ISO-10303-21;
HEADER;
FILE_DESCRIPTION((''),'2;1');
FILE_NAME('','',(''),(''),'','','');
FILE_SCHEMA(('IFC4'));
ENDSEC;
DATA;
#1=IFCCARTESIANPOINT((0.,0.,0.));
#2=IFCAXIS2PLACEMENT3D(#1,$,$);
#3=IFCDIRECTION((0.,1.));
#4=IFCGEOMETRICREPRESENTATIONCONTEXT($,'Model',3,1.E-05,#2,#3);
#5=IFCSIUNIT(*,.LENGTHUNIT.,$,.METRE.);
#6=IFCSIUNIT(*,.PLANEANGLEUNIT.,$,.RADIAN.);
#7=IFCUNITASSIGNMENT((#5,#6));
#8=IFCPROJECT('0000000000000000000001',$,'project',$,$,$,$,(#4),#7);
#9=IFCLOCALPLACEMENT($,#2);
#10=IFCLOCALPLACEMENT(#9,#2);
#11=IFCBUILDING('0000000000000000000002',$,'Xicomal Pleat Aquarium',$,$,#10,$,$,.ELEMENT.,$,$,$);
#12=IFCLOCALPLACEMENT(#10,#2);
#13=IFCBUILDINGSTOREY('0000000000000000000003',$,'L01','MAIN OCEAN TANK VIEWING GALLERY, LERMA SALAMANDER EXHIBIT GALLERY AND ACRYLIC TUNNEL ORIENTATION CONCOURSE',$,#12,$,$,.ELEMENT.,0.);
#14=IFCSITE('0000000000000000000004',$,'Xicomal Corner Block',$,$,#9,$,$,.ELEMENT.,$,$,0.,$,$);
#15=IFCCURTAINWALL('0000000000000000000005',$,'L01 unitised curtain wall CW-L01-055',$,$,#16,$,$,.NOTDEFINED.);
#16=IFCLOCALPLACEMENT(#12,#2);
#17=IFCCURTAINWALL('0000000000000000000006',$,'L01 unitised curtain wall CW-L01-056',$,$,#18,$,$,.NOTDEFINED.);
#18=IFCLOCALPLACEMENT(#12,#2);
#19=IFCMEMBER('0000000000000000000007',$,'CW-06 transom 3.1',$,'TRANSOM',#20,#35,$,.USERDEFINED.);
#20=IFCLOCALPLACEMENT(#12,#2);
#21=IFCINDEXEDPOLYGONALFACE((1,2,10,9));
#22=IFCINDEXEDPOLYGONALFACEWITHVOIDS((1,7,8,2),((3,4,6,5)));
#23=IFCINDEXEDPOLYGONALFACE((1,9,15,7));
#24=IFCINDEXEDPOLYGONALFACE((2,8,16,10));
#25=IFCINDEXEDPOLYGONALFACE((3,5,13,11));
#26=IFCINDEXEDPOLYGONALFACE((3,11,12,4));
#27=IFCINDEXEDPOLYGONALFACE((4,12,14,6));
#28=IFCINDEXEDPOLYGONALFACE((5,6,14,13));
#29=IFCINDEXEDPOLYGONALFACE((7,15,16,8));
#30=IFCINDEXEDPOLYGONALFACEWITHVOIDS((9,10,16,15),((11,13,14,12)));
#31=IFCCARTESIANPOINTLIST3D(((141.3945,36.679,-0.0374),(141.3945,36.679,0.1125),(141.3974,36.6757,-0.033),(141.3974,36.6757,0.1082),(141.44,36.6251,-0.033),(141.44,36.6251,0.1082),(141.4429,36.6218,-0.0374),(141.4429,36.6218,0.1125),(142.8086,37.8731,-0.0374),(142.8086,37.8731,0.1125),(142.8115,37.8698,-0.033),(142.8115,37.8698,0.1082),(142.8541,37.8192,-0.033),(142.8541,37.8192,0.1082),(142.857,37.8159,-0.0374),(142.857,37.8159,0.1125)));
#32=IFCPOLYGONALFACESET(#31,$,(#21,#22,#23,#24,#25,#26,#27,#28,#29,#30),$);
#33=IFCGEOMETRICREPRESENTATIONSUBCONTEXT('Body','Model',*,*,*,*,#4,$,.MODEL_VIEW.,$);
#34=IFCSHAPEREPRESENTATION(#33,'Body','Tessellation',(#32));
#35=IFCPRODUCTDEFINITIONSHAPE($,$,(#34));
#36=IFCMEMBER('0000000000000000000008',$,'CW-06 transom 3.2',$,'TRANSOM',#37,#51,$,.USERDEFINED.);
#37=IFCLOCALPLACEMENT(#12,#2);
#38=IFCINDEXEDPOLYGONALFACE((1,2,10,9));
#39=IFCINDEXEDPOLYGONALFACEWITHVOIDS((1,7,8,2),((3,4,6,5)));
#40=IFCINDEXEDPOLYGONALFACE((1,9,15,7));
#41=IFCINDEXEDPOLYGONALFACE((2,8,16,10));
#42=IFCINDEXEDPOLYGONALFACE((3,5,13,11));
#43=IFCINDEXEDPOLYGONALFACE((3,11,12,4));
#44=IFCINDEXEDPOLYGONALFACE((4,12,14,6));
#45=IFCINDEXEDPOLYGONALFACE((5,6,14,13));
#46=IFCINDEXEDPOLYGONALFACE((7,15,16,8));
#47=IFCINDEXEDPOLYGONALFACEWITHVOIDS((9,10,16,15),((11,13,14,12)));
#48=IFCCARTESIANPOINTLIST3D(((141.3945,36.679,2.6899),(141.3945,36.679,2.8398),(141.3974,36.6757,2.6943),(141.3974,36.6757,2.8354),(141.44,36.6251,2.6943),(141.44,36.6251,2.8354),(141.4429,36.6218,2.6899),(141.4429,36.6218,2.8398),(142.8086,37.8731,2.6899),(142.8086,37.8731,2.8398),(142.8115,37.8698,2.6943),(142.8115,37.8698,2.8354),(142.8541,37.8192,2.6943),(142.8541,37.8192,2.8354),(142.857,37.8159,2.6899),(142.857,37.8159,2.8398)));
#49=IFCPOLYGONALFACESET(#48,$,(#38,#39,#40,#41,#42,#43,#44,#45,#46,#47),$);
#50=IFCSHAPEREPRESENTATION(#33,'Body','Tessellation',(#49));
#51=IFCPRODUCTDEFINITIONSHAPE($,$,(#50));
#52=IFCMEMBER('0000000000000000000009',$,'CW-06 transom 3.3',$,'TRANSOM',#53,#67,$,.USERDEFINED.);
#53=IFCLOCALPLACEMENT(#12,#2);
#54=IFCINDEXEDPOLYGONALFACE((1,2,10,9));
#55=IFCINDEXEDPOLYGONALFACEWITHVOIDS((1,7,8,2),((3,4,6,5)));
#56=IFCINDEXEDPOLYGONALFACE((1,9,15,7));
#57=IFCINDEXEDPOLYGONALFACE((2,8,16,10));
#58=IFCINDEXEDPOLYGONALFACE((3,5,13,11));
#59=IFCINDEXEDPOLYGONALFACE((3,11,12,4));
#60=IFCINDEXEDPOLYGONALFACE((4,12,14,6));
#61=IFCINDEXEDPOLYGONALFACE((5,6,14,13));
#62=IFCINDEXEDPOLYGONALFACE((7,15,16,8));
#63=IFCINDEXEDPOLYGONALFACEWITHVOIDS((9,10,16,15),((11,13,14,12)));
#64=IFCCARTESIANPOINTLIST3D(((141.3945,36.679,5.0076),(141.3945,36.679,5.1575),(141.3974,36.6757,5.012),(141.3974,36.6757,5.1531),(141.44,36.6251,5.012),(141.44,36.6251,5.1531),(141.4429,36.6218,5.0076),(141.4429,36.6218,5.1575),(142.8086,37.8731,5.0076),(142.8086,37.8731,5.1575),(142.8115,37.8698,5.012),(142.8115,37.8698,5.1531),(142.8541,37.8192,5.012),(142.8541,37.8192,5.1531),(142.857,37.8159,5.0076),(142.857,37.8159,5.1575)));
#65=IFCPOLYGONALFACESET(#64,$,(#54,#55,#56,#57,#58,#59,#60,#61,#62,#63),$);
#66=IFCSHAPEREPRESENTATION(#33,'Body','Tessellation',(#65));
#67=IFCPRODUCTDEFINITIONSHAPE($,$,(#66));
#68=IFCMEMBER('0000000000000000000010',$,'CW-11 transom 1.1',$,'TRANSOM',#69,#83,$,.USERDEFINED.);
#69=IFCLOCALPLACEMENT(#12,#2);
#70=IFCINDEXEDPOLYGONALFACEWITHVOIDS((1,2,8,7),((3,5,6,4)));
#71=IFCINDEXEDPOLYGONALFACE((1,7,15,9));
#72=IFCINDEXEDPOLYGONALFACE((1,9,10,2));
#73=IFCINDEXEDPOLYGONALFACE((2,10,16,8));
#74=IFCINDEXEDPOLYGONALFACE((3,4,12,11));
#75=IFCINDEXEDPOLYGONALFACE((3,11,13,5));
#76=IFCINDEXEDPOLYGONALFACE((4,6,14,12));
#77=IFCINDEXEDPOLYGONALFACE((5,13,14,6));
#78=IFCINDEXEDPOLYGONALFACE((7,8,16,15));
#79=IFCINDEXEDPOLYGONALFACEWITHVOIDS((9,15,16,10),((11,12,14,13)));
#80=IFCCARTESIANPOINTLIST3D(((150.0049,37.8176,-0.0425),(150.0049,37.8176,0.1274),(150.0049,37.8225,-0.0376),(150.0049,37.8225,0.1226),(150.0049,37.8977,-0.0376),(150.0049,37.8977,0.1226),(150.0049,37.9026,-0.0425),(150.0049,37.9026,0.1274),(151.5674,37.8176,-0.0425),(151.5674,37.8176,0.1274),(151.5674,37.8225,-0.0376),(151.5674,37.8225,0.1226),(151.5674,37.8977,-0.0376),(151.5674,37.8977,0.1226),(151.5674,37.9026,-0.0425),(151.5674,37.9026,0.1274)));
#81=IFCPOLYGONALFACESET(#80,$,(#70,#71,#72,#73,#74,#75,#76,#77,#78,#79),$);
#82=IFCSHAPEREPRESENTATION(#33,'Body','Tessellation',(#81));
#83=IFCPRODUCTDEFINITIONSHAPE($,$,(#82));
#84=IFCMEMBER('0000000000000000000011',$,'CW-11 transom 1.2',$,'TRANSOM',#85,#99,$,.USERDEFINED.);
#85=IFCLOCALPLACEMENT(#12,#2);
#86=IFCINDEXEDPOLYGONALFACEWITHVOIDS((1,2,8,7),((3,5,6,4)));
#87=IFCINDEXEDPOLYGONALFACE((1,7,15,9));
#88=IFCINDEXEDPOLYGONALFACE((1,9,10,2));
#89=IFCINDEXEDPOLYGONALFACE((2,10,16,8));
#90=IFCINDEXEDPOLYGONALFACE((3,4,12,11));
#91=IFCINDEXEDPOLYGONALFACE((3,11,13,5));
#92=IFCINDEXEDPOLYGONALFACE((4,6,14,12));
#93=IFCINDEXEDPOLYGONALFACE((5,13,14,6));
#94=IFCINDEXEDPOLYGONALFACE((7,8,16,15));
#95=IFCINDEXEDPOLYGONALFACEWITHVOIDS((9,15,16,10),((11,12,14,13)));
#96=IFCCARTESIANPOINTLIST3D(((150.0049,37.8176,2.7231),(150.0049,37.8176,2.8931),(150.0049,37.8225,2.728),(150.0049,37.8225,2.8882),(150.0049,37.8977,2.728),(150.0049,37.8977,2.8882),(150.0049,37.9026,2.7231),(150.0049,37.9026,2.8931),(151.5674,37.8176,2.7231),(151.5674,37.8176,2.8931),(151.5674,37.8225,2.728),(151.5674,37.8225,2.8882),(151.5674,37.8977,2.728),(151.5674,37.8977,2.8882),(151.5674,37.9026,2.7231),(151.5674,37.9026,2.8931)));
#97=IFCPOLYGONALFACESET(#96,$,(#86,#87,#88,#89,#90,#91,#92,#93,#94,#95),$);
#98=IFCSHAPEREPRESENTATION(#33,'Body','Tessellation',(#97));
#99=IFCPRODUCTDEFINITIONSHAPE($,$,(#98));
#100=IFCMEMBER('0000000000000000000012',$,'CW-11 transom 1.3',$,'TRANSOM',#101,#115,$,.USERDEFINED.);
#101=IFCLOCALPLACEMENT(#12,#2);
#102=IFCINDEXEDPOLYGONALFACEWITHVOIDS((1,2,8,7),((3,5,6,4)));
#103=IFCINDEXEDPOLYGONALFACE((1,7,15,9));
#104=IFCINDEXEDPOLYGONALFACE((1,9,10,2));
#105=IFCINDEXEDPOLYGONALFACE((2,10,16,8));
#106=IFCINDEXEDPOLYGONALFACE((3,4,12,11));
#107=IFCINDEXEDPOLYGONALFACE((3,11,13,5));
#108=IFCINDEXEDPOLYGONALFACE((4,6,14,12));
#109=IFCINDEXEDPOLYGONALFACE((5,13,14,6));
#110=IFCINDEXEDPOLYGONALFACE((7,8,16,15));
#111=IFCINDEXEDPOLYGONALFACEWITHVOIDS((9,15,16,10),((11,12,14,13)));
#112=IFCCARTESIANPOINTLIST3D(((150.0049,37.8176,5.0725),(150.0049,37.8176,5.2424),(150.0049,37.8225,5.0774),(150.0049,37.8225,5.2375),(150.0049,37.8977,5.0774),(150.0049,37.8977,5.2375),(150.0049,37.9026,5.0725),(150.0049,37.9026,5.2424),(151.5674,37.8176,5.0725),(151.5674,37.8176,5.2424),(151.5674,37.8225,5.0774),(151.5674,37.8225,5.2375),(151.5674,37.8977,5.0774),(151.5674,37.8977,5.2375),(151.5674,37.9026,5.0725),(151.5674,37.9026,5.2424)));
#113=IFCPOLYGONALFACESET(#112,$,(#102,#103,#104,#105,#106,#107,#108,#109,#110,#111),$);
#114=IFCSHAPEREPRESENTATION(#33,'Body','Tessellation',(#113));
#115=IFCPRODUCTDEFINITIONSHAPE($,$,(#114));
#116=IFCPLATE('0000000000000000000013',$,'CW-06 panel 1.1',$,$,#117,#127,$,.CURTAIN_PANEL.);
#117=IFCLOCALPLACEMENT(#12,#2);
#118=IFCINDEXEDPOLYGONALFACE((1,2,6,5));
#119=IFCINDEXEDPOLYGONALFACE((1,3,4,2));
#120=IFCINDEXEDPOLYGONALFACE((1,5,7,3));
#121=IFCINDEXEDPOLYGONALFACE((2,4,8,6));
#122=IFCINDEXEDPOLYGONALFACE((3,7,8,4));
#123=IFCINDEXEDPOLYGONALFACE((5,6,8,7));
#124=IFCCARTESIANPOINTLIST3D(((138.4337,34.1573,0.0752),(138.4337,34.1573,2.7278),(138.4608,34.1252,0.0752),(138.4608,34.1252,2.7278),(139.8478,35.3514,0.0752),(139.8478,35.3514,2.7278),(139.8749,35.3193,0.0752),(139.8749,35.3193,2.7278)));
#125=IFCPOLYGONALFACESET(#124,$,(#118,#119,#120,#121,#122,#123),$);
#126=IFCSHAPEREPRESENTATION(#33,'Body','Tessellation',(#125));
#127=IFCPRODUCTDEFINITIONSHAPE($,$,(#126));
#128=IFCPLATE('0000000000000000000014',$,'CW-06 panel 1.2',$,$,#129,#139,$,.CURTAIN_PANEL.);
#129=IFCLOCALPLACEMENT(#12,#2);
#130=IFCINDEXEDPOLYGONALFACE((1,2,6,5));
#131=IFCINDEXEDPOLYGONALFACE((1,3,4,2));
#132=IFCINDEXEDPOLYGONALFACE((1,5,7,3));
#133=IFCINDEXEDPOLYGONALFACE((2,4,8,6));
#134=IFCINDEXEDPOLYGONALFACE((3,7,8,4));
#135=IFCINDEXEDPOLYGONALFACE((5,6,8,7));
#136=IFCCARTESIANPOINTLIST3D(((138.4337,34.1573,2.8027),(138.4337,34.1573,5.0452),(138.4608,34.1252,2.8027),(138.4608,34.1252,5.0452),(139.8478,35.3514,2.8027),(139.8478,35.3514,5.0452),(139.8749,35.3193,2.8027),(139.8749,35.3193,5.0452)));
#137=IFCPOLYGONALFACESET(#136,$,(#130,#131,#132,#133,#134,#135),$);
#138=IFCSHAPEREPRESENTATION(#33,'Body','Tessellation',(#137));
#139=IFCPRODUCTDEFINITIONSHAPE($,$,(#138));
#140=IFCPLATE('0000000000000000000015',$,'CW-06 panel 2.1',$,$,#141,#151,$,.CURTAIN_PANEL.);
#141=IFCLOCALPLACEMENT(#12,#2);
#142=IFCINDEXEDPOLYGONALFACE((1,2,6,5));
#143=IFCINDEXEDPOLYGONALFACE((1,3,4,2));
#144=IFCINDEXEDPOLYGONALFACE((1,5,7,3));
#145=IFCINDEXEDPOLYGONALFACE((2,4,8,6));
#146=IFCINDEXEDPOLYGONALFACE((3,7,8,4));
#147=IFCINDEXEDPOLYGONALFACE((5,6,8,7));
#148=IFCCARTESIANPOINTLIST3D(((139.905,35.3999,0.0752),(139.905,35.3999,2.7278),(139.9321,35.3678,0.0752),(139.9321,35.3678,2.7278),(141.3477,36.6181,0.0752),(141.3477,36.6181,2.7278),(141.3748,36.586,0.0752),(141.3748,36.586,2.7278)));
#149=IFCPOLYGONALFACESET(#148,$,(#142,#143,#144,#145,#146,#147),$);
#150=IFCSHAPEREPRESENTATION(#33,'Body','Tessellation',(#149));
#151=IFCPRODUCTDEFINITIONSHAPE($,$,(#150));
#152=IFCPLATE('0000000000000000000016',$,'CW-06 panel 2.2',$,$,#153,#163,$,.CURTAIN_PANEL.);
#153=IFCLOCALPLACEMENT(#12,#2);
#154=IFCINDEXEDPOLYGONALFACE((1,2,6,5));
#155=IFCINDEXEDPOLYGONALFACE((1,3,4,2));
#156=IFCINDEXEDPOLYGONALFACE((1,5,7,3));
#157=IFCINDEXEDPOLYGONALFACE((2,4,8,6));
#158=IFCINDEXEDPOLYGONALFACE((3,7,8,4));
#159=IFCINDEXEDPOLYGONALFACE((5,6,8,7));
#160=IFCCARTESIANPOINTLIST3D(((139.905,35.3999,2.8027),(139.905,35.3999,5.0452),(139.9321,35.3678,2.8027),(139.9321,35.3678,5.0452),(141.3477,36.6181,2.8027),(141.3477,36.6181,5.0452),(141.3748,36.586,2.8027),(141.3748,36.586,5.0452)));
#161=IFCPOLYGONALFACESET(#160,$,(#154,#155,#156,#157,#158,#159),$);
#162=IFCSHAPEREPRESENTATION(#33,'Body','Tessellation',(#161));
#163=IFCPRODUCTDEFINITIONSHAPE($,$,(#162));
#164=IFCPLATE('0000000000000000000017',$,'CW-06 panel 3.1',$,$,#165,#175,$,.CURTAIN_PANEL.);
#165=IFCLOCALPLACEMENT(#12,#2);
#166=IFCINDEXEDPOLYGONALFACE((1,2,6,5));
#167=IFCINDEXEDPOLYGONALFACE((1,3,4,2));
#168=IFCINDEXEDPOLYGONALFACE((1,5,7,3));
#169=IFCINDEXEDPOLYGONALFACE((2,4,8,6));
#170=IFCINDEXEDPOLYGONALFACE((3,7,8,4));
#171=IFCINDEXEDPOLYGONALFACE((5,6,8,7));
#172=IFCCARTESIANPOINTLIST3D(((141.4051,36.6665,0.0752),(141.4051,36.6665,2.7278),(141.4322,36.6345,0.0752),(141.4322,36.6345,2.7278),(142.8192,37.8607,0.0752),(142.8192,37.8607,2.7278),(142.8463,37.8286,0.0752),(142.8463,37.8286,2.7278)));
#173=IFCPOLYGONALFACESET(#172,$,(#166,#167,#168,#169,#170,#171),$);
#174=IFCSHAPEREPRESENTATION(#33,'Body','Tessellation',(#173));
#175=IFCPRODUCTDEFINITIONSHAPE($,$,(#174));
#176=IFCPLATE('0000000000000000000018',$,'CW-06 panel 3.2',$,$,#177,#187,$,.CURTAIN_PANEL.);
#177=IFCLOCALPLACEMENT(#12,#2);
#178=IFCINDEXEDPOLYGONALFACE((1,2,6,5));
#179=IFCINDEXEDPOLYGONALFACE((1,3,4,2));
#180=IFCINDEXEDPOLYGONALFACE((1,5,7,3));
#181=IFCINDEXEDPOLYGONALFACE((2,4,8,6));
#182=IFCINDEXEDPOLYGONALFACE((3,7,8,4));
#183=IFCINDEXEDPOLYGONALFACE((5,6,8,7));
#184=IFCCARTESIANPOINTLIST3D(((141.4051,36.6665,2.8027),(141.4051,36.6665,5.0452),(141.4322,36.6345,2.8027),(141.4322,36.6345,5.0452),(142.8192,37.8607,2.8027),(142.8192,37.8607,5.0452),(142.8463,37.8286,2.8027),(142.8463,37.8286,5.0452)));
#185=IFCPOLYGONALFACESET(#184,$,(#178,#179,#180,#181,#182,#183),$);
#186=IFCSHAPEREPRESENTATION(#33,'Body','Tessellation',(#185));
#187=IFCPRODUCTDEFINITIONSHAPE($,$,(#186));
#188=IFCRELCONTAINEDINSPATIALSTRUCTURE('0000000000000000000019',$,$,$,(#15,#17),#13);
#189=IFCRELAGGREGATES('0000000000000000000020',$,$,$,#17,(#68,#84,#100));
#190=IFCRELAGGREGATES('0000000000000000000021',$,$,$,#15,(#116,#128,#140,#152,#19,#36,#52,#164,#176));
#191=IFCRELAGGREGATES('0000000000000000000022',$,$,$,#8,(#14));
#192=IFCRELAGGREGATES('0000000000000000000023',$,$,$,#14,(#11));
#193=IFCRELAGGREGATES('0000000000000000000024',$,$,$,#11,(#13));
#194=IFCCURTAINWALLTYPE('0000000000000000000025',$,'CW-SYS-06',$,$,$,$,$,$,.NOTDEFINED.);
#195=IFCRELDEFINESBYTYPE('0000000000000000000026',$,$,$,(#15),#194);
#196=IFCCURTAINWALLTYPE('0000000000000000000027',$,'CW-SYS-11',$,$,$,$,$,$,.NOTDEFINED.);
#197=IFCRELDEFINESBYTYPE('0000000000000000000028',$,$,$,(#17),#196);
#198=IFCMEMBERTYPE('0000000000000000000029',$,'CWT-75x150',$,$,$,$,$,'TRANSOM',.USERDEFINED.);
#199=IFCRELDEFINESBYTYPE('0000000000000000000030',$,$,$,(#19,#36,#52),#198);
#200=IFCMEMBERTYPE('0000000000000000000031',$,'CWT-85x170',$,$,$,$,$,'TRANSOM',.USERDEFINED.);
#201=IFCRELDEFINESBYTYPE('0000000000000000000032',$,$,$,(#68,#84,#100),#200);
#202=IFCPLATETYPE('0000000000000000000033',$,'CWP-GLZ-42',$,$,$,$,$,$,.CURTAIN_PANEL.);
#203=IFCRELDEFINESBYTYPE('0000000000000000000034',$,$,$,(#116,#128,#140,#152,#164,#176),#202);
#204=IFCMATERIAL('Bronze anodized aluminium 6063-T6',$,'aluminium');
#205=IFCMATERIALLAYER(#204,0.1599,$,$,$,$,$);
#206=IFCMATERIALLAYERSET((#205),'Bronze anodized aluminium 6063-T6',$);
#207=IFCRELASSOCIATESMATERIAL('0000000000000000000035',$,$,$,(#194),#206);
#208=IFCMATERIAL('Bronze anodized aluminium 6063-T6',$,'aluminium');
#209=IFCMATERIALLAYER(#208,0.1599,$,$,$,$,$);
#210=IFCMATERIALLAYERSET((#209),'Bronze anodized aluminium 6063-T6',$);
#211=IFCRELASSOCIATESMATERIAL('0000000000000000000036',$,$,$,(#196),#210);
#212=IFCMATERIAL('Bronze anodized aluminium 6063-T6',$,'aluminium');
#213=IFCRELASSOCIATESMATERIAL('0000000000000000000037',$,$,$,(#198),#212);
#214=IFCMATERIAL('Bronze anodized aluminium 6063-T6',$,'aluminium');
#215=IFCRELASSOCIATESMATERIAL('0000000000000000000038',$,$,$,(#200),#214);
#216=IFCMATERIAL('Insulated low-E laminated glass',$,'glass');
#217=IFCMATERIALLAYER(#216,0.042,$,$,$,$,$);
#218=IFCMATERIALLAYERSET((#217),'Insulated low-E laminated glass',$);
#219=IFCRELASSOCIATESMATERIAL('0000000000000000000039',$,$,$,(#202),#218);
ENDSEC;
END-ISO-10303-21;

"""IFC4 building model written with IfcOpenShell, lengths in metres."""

from ifc_helpers import new_model, si_unit, direction, frame, origin, origin_2d, place, context, subcontext, project, spatial, rectangle, hollow_rectangle, extrude, material, layer, layer_set, material_profile, profile_set, type_object, element, aggregate, save


model = new_model("IFC4")

# Units and contexts
model_context = context("Model", 3, precision=1e-05, world=origin(), true_north=direction((0.0, 1.0)))
body_context = subcontext(model_context, "Body", "Model", "MODEL_VIEW")
ifc_project = project(units=[si_unit("LENGTHUNIT", "METRE"), si_unit("PLANEANGLEUNIT", "RADIAN")], contexts=[model_context])

# Site, building, storey
site_placement = place(None, origin())
site = spatial("IfcSite", under=ifc_project, at=site_placement, Name="Xicomal Corner Block", CompositionType="ELEMENT", RefElevation=0.0)
building_placement = place(site_placement, origin())
building = spatial("IfcBuilding", under=site, at=building_placement, Name="Xicomal Pleat Aquarium", CompositionType="ELEMENT")
storey_placement = place(building_placement, origin())
storey = spatial("IfcBuildingStorey", under=building, at=storey_placement, Name="L01", Description="MAIN OCEAN TANK VIEWING GALLERY, LERMA SALAMANDER EXHIBIT GALLERY AND ACRYLIC TUNNEL ORIENTATION CONCOURSE", CompositionType="ELEMENT", Elevation=0.0)

# Curtain wall
ifc_material_1 = material(Name="Bronze anodized aluminium 6063-T6", Category="aluminium")
ifc_layer_1 = layer(ifc_material_1, 0.1599)
ifc_layer_set_1 = layer_set([ifc_layer_1], Name="Bronze anodized aluminium 6063-T6")
curtain_wall_type_1 = type_object("IfcCurtainWallType", Name="CW-SYS-06", PredefinedType="NOTDEFINED", material=ifc_layer_set_1)
curtain_wall_1_placement = place(storey_placement, origin())
curtain_wall_1 = element("IfcCurtainWall", 1, at=curtain_wall_1_placement, inside=storey, type_object=curtain_wall_type_1, Name="L01 unitised curtain wall CW-L01-055", PredefinedType="NOTDEFINED")

# Curtain wall
ifc_material_2 = material(Name="Bronze anodized aluminium 6063-T6", Category="aluminium")
ifc_layer_2 = layer(ifc_material_2, 0.1599)
ifc_layer_set_2 = layer_set([ifc_layer_2], Name="Bronze anodized aluminium 6063-T6")
curtain_wall_type_2 = type_object("IfcCurtainWallType", Name="CW-SYS-11", PredefinedType="NOTDEFINED", material=ifc_layer_set_2)
curtain_wall_2_placement = place(storey_placement, origin())
curtain_wall_2 = element("IfcCurtainWall", 2, at=curtain_wall_2_placement, inside=storey, type_object=curtain_wall_type_2, Name="L01 unitised curtain wall CW-L01-056", PredefinedType="NOTDEFINED")

# Members
ifc_material_3 = material(Name="Bronze anodized aluminium 6063-T6", Category="aluminium")
ifc_material_profile_1 = material_profile(ifc_material_3, hollow_rectangle(XDim=0.075, YDim=0.1499, WallThickness=0.0044, at=origin_2d()), Name="ALU TRAN 75x150")
ifc_profile_set_1 = profile_set([ifc_material_profile_1], Name="Bronze anodized aluminium 6063-T6")
member_type_1 = type_object("IfcMemberType", Name="CWT-75x150", ElementType="TRANSOM", PredefinedType="USERDEFINED", material=ifc_profile_set_1)
member_1_placement = place(storey_placement, frame((141.4187, 36.6504, 0.0376), z_axis=(0.764031, 0.645179, 0.0), x_axis=(-0.645179, 0.764031, 0.0)))
member_1 = element("IfcMember", 3, at=member_1_placement, type_object=member_type_1, Name="CW-06 transom 3.1", ObjectType="TRANSOM", PredefinedType="USERDEFINED", context=body_context, shape_type="SweptSolid", body=[
    extrude(hollow_rectangle(XDim=0.075, YDim=0.1499, WallThickness=0.0044, at=origin_2d()), origin(), (0.0, 0.0, 1.0), 1.8508),
])
member_2_placement = place(storey_placement, frame((141.4187, 36.6504, 2.7649), z_axis=(0.764031, 0.645179, 0.0), x_axis=(-0.645179, 0.764031, 0.0)))
member_2 = element("IfcMember", 4, at=member_2_placement, type_object=member_type_1, Name="CW-06 transom 3.2", ObjectType="TRANSOM", PredefinedType="USERDEFINED", context=body_context, shape_type="SweptSolid", body=[
    extrude(hollow_rectangle(XDim=0.075, YDim=0.1499, WallThickness=0.0044, at=origin_2d()), origin(), (0.0, 0.0, 1.0), 1.8508),
])
member_3_placement = place(storey_placement, frame((141.4187, 36.6504, 5.0825), z_axis=(0.764031, 0.645179, 0.0), x_axis=(-0.645179, 0.764031, 0.0)))
member_3 = element("IfcMember", 5, at=member_3_placement, type_object=member_type_1, Name="CW-06 transom 3.3", ObjectType="TRANSOM", PredefinedType="USERDEFINED", context=body_context, shape_type="SweptSolid", body=[
    extrude(hollow_rectangle(XDim=0.075, YDim=0.1499, WallThickness=0.0044, at=origin_2d()), origin(), (0.0, 0.0, 1.0), 1.8508),
])
ifc_material_4 = material(Name="Bronze anodized aluminium 6063-T6", Category="aluminium")
ifc_material_profile_2 = material_profile(ifc_material_4, hollow_rectangle(XDim=0.085, YDim=0.1699, WallThickness=0.0049, at=origin_2d()), Name="ALU TRAN 85x170")
ifc_profile_set_2 = profile_set([ifc_material_profile_2], Name="Bronze anodized aluminium 6063-T6")
member_type_2 = type_object("IfcMemberType", Name="CWT-85x170", ElementType="TRANSOM", PredefinedType="USERDEFINED", material=ifc_profile_set_2)
member_4_placement = place(storey_placement, frame((150.0049, 37.8601, 0.0425), z_axis=(1.0, 0.0, 0.0), x_axis=(0.0, 1.0, 0.0)))
member_4 = element("IfcMember", 6, at=member_4_placement, type_object=member_type_2, Name="CW-11 transom 1.1", ObjectType="TRANSOM", PredefinedType="USERDEFINED", context=body_context, shape_type="SweptSolid", body=[
    extrude(hollow_rectangle(XDim=0.085, YDim=0.1699, WallThickness=0.0049, at=origin_2d()), origin(), (0.0, 0.0, 1.0), 1.5625),
])
member_5_placement = place(storey_placement, frame((150.0049, 37.8601, 2.8081), z_axis=(1.0, 0.0, 0.0), x_axis=(0.0, 1.0, 0.0)))
member_5 = element("IfcMember", 7, at=member_5_placement, type_object=member_type_2, Name="CW-11 transom 1.2", ObjectType="TRANSOM", PredefinedType="USERDEFINED", context=body_context, shape_type="SweptSolid", body=[
    extrude(hollow_rectangle(XDim=0.085, YDim=0.1699, WallThickness=0.0049, at=origin_2d()), origin(), (0.0, 0.0, 1.0), 1.5625),
])
member_6_placement = place(storey_placement, frame((150.0049, 37.8601, 5.1575), z_axis=(1.0, 0.0, 0.0), x_axis=(0.0, 1.0, 0.0)))
member_6 = element("IfcMember", 8, at=member_6_placement, type_object=member_type_2, Name="CW-11 transom 1.3", ObjectType="TRANSOM", PredefinedType="USERDEFINED", context=body_context, shape_type="SweptSolid", body=[
    extrude(hollow_rectangle(XDim=0.085, YDim=0.1699, WallThickness=0.0049, at=origin_2d()), origin(), (0.0, 0.0, 1.0), 1.5625),
])
aggregate(curtain_wall_2, [member_4, member_5, member_6])

# Plates
ifc_material_5 = material(Name="Insulated low-E laminated glass", Category="glass")
ifc_layer_3 = layer(ifc_material_5, 0.042)
ifc_layer_set_3 = layer_set([ifc_layer_3], Name="Insulated low-E laminated glass")
plate_type = type_object("IfcPlateType", Name="CWP-GLZ-42", PredefinedType="CURTAIN_PANEL", material=ifc_layer_set_3)
plate_1_placement = place(storey_placement, frame((139.1543, 34.7383, 0.0752), z_axis=(0.0, 0.0, 1.0), x_axis=(0.76403, 0.645181, 0.0)))
plate_1 = element("IfcPlate", 9, at=plate_1_placement, type_object=plate_type, Name="CW-06 panel 1.1", PredefinedType="CURTAIN_PANEL", context=body_context, shape_type="SweptSolid", body=[
    extrude(rectangle(XDim=1.8508, YDim=0.042, at=origin_2d()), origin(), (0.0, 0.0, 1.0), 2.6526),
])
plate_2_placement = place(storey_placement, frame((139.1543, 34.7383, 2.8027), z_axis=(0.0, 0.0, 1.0), x_axis=(0.76403, 0.645181, 0.0)))
plate_2 = element("IfcPlate", 10, at=plate_2_placement, type_object=plate_type, Name="CW-06 panel 1.2", PredefinedType="CURTAIN_PANEL", context=body_context, shape_type="SweptSolid", body=[
    extrude(rectangle(XDim=1.8508, YDim=0.042, at=origin_2d()), origin(), (0.0, 0.0, 1.0), 2.2424),
])
plate_3_placement = place(storey_placement, frame((140.6399, 35.9929, 0.0752), z_axis=(0.0, 0.0, 1.0), x_axis=(0.76403, 0.645181, 0.0)))
plate_3 = element("IfcPlate", 11, at=plate_3_placement, type_object=plate_type, Name="CW-06 panel 2.1", PredefinedType="CURTAIN_PANEL", context=body_context, shape_type="SweptSolid", body=[
    extrude(rectangle(XDim=1.8882, YDim=0.042, at=origin_2d()), origin(), (0.0, 0.0, 1.0), 2.6526),
])
plate_4_placement = place(storey_placement, frame((140.6399, 35.9929, 2.8027), z_axis=(0.0, 0.0, 1.0), x_axis=(0.76403, 0.645181, 0.0)))
plate_4 = element("IfcPlate", 12, at=plate_4_placement, type_object=plate_type, Name="CW-06 panel 2.2", PredefinedType="CURTAIN_PANEL", context=body_context, shape_type="SweptSolid", body=[
    extrude(rectangle(XDim=1.8882, YDim=0.042, at=origin_2d()), origin(), (0.0, 0.0, 1.0), 2.2424),
])
plate_5_placement = place(storey_placement, frame((142.1257, 37.2476, 0.0752), z_axis=(0.0, 0.0, 1.0), x_axis=(0.76403, 0.645181, 0.0)))
plate_5 = element("IfcPlate", 13, at=plate_5_placement, type_object=plate_type, Name="CW-06 panel 3.1", PredefinedType="CURTAIN_PANEL", context=body_context, shape_type="SweptSolid", body=[
    extrude(rectangle(XDim=1.8508, YDim=0.042, at=origin_2d()), origin(), (0.0, 0.0, 1.0), 2.6526),
])
plate_6_placement = place(storey_placement, frame((142.1257, 37.2476, 2.8027), z_axis=(0.0, 0.0, 1.0), x_axis=(0.76403, 0.645181, 0.0)))
plate_6 = element("IfcPlate", 14, at=plate_6_placement, type_object=plate_type, Name="CW-06 panel 3.2", PredefinedType="CURTAIN_PANEL", context=body_context, shape_type="SweptSolid", body=[
    extrude(rectangle(XDim=1.8508, YDim=0.042, at=origin_2d()), origin(), (0.0, 0.0, 1.0), 2.2424),
])
aggregate(curtain_wall_1, [plate_1, plate_2, plate_3, plate_4, member_1, member_2, member_3, plate_5, plate_6])

save(model, "model.ifc")
